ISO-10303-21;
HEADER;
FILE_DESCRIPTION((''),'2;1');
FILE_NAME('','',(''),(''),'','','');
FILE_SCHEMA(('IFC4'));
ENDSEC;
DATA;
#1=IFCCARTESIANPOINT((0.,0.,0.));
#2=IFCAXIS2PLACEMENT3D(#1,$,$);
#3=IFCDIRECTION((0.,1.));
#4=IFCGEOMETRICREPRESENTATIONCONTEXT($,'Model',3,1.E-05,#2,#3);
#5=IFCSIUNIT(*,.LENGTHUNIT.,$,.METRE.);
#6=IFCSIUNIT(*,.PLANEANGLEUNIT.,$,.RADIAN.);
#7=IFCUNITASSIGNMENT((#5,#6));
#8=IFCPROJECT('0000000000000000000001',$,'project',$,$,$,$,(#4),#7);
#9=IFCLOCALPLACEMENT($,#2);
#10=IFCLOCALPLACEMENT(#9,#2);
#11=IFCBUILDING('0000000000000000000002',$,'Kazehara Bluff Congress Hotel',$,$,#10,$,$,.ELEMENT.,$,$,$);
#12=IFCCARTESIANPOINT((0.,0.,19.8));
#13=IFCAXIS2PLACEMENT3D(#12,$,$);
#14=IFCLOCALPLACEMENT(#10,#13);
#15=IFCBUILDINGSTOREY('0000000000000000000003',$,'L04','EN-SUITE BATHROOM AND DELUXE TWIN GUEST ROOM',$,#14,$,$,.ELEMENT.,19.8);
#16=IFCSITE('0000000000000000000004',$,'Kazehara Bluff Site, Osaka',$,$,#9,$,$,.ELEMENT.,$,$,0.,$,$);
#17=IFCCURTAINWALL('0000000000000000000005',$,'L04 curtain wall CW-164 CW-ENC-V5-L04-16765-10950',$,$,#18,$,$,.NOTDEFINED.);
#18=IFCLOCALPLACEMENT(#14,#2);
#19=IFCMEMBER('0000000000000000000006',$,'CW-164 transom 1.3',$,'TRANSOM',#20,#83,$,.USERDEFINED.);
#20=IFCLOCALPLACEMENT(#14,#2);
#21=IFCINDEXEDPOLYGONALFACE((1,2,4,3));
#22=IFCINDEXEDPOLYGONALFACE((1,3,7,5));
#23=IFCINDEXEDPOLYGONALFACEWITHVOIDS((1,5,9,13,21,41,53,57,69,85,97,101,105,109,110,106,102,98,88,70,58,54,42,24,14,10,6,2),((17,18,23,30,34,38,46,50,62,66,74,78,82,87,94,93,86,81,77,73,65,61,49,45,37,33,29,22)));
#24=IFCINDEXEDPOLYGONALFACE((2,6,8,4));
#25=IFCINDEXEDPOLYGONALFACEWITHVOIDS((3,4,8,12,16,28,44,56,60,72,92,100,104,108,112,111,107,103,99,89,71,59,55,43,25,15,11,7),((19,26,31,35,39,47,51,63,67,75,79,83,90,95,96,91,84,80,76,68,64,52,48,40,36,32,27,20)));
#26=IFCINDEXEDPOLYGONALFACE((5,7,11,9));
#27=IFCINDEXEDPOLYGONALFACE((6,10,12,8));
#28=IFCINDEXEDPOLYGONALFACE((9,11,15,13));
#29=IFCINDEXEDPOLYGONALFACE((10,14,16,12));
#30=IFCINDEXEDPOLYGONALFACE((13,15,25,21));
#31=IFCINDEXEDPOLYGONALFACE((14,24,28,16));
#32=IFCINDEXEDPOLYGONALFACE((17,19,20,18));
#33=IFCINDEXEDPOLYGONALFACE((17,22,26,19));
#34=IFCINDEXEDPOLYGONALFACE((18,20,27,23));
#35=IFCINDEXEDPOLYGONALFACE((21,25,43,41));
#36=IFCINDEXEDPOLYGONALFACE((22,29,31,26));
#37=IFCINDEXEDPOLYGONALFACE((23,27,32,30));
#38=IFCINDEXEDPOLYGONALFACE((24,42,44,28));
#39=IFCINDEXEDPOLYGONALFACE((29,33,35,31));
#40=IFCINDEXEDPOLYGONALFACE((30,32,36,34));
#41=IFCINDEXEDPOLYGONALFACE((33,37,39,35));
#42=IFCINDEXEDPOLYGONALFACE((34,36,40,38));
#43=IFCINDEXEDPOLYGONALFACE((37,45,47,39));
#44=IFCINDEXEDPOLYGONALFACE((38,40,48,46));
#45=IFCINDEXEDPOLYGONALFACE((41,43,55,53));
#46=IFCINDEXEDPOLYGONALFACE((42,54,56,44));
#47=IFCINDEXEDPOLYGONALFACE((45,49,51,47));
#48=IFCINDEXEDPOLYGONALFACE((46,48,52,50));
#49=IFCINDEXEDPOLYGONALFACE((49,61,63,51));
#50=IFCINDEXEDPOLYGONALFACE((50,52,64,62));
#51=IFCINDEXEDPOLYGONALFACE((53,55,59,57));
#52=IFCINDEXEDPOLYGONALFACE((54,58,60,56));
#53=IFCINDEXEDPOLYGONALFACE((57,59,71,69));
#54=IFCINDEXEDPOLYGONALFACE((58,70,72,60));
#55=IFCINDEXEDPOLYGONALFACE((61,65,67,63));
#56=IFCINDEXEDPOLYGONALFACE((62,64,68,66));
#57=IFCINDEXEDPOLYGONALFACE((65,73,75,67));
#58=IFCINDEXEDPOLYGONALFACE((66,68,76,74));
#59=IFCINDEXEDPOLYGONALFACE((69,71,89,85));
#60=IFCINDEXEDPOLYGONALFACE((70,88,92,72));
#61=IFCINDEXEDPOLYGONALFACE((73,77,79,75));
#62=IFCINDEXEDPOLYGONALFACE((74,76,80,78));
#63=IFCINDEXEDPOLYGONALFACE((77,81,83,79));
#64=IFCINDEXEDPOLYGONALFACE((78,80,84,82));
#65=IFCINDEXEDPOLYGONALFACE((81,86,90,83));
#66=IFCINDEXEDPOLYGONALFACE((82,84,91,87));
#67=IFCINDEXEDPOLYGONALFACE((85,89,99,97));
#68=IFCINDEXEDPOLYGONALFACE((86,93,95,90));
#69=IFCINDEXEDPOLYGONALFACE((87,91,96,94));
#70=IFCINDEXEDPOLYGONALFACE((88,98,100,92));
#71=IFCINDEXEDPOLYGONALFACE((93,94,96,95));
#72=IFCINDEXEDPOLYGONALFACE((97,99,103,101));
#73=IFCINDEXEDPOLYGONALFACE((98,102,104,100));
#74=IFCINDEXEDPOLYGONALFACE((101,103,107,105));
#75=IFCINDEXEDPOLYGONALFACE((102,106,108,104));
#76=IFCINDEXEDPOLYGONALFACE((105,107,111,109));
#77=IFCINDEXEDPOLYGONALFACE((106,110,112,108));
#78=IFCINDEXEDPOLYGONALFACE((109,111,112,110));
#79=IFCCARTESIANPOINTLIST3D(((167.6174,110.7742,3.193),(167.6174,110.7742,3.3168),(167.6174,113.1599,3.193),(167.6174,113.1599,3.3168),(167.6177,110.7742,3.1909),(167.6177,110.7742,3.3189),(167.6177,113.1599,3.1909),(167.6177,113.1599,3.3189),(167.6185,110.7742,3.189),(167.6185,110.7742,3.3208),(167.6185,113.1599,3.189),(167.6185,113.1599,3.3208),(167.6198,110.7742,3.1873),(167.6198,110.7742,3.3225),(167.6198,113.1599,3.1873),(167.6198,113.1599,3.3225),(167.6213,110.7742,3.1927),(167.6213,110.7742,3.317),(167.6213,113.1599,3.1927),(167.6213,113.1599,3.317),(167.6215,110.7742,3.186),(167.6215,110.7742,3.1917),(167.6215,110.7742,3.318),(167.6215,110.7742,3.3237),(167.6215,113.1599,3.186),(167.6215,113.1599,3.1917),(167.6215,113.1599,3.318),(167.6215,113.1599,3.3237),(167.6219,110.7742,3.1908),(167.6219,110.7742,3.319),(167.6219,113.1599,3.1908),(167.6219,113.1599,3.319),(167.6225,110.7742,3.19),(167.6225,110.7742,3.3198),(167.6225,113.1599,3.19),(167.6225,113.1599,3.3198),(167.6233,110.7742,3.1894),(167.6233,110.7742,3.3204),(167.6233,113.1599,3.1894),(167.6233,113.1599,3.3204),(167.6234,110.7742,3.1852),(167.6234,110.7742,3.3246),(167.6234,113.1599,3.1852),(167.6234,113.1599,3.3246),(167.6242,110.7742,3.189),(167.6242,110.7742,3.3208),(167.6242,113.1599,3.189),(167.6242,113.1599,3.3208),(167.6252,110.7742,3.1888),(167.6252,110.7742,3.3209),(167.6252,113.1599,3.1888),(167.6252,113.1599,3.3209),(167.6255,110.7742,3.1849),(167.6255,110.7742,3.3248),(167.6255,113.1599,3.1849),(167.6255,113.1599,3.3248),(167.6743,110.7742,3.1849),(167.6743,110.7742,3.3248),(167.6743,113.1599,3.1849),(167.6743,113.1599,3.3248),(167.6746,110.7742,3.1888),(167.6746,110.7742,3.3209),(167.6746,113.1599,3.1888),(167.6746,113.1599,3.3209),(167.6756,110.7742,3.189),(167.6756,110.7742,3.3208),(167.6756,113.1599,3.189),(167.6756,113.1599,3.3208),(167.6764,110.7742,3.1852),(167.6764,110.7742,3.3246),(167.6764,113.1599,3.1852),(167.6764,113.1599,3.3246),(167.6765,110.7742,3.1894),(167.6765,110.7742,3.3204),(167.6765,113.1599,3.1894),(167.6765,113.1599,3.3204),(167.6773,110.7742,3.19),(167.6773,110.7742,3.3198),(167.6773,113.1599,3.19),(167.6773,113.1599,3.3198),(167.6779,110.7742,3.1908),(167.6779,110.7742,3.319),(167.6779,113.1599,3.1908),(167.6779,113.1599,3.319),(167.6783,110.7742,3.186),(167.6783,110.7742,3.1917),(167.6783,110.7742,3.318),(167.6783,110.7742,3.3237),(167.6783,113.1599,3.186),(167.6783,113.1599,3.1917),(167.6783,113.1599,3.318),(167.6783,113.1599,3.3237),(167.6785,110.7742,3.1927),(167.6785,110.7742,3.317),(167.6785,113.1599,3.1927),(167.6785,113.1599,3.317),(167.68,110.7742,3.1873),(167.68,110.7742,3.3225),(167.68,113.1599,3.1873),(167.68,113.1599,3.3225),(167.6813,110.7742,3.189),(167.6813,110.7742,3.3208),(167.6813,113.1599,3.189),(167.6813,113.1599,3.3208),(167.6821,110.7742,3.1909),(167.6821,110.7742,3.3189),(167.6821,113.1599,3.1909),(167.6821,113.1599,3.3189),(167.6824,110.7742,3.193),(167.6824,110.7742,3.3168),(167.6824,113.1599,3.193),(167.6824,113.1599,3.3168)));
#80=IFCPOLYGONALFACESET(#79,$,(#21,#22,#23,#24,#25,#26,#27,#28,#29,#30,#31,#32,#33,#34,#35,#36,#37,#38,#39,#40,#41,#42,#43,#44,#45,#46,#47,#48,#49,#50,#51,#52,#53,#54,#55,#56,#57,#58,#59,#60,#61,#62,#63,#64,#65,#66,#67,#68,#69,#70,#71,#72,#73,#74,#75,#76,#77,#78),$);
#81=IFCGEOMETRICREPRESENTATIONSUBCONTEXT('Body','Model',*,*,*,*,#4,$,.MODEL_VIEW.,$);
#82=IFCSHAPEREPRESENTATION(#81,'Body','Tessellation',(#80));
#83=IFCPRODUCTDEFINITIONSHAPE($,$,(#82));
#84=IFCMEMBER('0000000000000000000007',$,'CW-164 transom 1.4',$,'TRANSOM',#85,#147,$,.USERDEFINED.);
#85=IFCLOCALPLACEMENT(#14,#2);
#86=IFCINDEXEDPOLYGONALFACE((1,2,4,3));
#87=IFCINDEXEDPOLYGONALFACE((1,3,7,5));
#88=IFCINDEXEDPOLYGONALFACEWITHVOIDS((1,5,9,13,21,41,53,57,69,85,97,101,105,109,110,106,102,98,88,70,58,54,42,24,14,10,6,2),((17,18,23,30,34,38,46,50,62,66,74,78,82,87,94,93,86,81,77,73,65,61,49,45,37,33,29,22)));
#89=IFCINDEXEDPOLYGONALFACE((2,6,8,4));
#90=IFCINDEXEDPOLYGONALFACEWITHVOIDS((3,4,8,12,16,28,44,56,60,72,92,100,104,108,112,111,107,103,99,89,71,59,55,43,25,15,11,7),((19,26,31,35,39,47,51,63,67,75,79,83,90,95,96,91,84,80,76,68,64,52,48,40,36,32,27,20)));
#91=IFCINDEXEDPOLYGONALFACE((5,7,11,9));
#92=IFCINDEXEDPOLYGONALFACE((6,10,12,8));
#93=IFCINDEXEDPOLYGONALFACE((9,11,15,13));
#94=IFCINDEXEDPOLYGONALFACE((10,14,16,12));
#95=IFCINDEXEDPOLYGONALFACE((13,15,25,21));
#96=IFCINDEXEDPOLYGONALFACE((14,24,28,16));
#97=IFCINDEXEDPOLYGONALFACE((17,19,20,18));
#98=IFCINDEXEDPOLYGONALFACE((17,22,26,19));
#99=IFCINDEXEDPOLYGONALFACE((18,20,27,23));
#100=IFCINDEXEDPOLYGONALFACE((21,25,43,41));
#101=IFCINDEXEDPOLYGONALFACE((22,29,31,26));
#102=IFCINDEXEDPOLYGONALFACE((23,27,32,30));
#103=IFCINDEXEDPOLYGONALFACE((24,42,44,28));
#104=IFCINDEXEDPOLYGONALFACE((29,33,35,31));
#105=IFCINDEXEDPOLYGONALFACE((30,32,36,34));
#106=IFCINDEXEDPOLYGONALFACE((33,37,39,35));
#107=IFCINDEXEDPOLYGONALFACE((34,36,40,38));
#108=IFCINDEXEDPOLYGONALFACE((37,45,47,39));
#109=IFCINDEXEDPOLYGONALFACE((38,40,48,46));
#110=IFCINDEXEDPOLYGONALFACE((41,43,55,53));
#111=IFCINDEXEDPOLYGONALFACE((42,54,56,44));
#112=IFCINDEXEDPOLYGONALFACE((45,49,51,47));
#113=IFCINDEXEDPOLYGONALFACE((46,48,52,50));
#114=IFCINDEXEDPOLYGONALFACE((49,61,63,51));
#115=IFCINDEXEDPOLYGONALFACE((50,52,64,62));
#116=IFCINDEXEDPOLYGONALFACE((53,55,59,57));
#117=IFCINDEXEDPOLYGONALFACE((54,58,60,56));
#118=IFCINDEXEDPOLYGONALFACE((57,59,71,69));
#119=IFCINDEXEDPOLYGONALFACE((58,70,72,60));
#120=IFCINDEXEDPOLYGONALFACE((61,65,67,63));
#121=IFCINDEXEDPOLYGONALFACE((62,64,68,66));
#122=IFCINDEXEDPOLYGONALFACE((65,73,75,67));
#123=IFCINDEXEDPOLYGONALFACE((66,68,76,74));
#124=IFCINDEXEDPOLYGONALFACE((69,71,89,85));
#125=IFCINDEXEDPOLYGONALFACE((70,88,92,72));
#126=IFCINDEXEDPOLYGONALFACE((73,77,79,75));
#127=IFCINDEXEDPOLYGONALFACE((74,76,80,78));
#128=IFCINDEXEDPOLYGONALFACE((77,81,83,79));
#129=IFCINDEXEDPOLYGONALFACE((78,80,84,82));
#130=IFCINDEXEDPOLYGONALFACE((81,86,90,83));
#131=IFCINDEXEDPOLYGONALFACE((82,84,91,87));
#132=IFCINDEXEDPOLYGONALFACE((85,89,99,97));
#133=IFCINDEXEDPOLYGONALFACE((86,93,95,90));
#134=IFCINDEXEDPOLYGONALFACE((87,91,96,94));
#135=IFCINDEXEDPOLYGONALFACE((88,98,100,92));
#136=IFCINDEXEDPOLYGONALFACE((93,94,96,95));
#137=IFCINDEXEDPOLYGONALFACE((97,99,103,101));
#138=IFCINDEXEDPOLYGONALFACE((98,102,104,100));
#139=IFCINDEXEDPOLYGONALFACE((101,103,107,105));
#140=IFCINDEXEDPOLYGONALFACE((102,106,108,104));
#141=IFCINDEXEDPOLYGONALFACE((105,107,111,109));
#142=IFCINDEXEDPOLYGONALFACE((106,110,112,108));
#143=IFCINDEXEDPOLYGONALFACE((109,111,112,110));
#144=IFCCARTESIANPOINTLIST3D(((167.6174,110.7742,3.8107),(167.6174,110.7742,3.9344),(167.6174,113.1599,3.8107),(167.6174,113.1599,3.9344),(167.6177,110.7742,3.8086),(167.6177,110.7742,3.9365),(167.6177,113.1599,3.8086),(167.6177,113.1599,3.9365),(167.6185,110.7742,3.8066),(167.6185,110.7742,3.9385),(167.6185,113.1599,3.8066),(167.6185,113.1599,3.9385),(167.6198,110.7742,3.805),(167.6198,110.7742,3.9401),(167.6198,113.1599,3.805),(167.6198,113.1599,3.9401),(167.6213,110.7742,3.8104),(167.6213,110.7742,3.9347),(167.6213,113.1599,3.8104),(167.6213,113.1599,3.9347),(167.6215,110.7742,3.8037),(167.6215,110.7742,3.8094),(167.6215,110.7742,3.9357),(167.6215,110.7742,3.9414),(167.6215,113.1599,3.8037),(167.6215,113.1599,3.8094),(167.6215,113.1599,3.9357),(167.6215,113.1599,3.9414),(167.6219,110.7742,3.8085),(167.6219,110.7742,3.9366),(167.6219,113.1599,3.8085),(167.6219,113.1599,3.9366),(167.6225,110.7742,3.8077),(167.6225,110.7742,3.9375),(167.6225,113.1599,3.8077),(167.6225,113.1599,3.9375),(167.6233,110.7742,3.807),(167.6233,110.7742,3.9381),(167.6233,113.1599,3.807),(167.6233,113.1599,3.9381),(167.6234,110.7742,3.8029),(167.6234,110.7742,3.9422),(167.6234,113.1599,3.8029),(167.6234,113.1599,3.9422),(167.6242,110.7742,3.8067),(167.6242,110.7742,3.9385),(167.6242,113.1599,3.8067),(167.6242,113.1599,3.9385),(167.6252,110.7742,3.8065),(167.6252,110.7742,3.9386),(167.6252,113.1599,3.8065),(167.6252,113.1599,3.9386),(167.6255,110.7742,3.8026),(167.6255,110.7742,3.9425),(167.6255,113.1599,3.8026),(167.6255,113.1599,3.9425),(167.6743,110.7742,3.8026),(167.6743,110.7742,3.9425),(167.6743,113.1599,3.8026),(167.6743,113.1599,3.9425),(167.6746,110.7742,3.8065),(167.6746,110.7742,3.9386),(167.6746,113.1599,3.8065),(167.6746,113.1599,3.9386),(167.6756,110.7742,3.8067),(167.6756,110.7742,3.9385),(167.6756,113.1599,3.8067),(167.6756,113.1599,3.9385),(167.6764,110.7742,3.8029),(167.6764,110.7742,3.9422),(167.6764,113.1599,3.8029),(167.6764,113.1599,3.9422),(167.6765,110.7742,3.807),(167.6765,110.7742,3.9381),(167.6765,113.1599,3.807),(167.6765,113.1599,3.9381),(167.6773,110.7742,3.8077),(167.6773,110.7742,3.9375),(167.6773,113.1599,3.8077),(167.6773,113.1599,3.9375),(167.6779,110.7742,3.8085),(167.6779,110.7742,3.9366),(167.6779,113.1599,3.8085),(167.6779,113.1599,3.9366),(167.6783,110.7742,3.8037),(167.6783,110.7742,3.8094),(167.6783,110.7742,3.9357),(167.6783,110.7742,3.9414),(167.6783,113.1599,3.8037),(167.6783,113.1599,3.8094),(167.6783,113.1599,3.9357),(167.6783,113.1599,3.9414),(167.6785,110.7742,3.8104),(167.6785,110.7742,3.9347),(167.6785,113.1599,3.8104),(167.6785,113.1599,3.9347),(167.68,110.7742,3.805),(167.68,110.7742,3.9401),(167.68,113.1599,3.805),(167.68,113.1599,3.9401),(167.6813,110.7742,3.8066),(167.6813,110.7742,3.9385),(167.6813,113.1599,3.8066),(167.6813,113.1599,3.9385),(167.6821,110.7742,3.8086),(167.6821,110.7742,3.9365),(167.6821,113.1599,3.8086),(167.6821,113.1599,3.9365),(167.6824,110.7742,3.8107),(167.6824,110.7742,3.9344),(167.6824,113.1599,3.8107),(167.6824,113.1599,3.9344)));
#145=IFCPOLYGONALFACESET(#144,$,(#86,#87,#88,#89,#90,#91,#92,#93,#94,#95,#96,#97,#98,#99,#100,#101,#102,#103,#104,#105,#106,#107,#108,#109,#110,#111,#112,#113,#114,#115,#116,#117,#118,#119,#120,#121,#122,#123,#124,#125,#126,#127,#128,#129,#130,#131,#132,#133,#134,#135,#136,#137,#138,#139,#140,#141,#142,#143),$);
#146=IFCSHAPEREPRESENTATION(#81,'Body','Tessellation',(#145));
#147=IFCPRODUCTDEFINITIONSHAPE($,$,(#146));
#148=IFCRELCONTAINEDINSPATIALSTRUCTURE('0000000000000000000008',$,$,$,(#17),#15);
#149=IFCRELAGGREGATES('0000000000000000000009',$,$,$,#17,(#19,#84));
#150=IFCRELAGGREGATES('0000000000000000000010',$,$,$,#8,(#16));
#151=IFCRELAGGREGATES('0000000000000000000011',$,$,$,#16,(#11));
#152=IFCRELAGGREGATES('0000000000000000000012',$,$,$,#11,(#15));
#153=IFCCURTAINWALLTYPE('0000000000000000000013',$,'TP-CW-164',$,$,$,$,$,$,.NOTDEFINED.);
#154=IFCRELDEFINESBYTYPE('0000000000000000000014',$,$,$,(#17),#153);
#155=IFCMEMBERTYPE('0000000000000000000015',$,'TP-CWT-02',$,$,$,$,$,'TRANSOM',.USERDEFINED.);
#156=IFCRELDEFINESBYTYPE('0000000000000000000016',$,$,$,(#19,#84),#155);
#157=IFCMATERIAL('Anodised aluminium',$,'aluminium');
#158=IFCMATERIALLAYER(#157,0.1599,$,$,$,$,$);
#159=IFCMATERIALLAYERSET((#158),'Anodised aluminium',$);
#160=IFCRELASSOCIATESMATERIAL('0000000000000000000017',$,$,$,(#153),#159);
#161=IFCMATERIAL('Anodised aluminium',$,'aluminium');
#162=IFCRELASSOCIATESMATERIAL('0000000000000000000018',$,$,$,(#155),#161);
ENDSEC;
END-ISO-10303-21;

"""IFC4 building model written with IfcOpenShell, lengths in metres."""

from ifc_helpers import new_model, si_unit, direction, frame, origin, origin_2d, place, context, subcontext, project, spatial, hollow_rectangle, extrude, material, layer, layer_set, material_profile, profile_set, type_object, element, aggregate, save


model = new_model("IFC4")

# Units and contexts
model_context = context("Model", 3, precision=1e-05, world=origin(), true_north=direction((0.0, 1.0)))
body_context = subcontext(model_context, "Body", "Model", "MODEL_VIEW")
ifc_project = project(units=[si_unit("LENGTHUNIT", "METRE"), si_unit("PLANEANGLEUNIT", "RADIAN")], contexts=[model_context])

# Site, building, storey
site_placement = place(None, origin())
site = spatial("IfcSite", under=ifc_project, at=site_placement, Name="Kazehara Bluff Site, Osaka", CompositionType="ELEMENT", RefElevation=0.0)
building_placement = place(site_placement, origin())
building = spatial("IfcBuilding", under=site, at=building_placement, Name="Kazehara Bluff Congress Hotel", CompositionType="ELEMENT")
storey_placement = place(building_placement, frame((0.0, 0.0, 19.8)))
storey = spatial("IfcBuildingStorey", under=building, at=storey_placement, Name="L04", Description="EN-SUITE BATHROOM AND DELUXE TWIN GUEST ROOM", CompositionType="ELEMENT", Elevation=19.8)

# Curtain wall
ifc_material_1 = material(Name="Anodised aluminium", Category="aluminium")
ifc_layer_1 = layer(ifc_material_1, 0.1599)
ifc_layer_set_1 = layer_set([ifc_layer_1], Name="Anodised aluminium")
curtain_wall_type_1 = type_object("IfcCurtainWallType", Name="TP-CW-164", PredefinedType="NOTDEFINED", material=ifc_layer_set_1)
curtain_wall_1_placement = place(storey_placement, origin())
curtain_wall_1 = element("IfcCurtainWall", 1, at=curtain_wall_1_placement, inside=storey, type_object=curtain_wall_type_1, Name="L04 curtain wall CW-164 CW-ENC-V5-L04-16765-10950", PredefinedType="NOTDEFINED")

# Members
ifc_material_2 = material(Name="Anodised aluminium", Category="aluminium")
ifc_material_profile_1 = material_profile(ifc_material_2, hollow_rectangle(XDim=0.0649, YDim=0.1399, WallThickness=0.0039, InnerFilletRadius=0.0039, OuterFilletRadius=0.0081, at=origin_2d()))
ifc_profile_set_1 = profile_set([ifc_material_profile_1], Name="Anodised aluminium")
member_type_1 = type_object("IfcMemberType", Name="TP-CWT-02", ElementType="TRANSOM", PredefinedType="USERDEFINED", material=ifc_profile_set_1)
member_1_placement = place(storey_placement, frame((167.6499, 113.1599, 3.2549), z_axis=(0.0, -1.0, 0.0), x_axis=(1.0, 0.0, 0.0)))
member_1 = element("IfcMember", 2, at=member_1_placement, type_object=member_type_1, Name="CW-164 transom 1.3", ObjectType="TRANSOM", PredefinedType="USERDEFINED", context=body_context, shape_type="SweptSolid", body=[
    extrude(hollow_rectangle(XDim=0.0649, YDim=0.1399, WallThickness=0.0039, InnerFilletRadius=0.0039, OuterFilletRadius=0.0081, at=origin_2d()), origin(), (0.0, 0.0, 1.0), 2.3857),
])
member_2_placement = place(storey_placement, frame((167.6499, 113.1599, 3.8726), z_axis=(0.0, -1.0, 0.0), x_axis=(1.0, 0.0, 0.0)))
member_2 = element("IfcMember", 3, at=member_2_placement, type_object=member_type_1, Name="CW-164 transom 1.4", ObjectType="TRANSOM", PredefinedType="USERDEFINED", context=body_context, shape_type="SweptSolid", body=[
    extrude(hollow_rectangle(XDim=0.0649, YDim=0.1399, WallThickness=0.0039, InnerFilletRadius=0.0039, OuterFilletRadius=0.0081, at=origin_2d()), origin(), (0.0, 0.0, 1.0), 2.3857),
])

aggregate(curtain_wall_1, [member_1, member_2])

save(model, "model.ifc")
